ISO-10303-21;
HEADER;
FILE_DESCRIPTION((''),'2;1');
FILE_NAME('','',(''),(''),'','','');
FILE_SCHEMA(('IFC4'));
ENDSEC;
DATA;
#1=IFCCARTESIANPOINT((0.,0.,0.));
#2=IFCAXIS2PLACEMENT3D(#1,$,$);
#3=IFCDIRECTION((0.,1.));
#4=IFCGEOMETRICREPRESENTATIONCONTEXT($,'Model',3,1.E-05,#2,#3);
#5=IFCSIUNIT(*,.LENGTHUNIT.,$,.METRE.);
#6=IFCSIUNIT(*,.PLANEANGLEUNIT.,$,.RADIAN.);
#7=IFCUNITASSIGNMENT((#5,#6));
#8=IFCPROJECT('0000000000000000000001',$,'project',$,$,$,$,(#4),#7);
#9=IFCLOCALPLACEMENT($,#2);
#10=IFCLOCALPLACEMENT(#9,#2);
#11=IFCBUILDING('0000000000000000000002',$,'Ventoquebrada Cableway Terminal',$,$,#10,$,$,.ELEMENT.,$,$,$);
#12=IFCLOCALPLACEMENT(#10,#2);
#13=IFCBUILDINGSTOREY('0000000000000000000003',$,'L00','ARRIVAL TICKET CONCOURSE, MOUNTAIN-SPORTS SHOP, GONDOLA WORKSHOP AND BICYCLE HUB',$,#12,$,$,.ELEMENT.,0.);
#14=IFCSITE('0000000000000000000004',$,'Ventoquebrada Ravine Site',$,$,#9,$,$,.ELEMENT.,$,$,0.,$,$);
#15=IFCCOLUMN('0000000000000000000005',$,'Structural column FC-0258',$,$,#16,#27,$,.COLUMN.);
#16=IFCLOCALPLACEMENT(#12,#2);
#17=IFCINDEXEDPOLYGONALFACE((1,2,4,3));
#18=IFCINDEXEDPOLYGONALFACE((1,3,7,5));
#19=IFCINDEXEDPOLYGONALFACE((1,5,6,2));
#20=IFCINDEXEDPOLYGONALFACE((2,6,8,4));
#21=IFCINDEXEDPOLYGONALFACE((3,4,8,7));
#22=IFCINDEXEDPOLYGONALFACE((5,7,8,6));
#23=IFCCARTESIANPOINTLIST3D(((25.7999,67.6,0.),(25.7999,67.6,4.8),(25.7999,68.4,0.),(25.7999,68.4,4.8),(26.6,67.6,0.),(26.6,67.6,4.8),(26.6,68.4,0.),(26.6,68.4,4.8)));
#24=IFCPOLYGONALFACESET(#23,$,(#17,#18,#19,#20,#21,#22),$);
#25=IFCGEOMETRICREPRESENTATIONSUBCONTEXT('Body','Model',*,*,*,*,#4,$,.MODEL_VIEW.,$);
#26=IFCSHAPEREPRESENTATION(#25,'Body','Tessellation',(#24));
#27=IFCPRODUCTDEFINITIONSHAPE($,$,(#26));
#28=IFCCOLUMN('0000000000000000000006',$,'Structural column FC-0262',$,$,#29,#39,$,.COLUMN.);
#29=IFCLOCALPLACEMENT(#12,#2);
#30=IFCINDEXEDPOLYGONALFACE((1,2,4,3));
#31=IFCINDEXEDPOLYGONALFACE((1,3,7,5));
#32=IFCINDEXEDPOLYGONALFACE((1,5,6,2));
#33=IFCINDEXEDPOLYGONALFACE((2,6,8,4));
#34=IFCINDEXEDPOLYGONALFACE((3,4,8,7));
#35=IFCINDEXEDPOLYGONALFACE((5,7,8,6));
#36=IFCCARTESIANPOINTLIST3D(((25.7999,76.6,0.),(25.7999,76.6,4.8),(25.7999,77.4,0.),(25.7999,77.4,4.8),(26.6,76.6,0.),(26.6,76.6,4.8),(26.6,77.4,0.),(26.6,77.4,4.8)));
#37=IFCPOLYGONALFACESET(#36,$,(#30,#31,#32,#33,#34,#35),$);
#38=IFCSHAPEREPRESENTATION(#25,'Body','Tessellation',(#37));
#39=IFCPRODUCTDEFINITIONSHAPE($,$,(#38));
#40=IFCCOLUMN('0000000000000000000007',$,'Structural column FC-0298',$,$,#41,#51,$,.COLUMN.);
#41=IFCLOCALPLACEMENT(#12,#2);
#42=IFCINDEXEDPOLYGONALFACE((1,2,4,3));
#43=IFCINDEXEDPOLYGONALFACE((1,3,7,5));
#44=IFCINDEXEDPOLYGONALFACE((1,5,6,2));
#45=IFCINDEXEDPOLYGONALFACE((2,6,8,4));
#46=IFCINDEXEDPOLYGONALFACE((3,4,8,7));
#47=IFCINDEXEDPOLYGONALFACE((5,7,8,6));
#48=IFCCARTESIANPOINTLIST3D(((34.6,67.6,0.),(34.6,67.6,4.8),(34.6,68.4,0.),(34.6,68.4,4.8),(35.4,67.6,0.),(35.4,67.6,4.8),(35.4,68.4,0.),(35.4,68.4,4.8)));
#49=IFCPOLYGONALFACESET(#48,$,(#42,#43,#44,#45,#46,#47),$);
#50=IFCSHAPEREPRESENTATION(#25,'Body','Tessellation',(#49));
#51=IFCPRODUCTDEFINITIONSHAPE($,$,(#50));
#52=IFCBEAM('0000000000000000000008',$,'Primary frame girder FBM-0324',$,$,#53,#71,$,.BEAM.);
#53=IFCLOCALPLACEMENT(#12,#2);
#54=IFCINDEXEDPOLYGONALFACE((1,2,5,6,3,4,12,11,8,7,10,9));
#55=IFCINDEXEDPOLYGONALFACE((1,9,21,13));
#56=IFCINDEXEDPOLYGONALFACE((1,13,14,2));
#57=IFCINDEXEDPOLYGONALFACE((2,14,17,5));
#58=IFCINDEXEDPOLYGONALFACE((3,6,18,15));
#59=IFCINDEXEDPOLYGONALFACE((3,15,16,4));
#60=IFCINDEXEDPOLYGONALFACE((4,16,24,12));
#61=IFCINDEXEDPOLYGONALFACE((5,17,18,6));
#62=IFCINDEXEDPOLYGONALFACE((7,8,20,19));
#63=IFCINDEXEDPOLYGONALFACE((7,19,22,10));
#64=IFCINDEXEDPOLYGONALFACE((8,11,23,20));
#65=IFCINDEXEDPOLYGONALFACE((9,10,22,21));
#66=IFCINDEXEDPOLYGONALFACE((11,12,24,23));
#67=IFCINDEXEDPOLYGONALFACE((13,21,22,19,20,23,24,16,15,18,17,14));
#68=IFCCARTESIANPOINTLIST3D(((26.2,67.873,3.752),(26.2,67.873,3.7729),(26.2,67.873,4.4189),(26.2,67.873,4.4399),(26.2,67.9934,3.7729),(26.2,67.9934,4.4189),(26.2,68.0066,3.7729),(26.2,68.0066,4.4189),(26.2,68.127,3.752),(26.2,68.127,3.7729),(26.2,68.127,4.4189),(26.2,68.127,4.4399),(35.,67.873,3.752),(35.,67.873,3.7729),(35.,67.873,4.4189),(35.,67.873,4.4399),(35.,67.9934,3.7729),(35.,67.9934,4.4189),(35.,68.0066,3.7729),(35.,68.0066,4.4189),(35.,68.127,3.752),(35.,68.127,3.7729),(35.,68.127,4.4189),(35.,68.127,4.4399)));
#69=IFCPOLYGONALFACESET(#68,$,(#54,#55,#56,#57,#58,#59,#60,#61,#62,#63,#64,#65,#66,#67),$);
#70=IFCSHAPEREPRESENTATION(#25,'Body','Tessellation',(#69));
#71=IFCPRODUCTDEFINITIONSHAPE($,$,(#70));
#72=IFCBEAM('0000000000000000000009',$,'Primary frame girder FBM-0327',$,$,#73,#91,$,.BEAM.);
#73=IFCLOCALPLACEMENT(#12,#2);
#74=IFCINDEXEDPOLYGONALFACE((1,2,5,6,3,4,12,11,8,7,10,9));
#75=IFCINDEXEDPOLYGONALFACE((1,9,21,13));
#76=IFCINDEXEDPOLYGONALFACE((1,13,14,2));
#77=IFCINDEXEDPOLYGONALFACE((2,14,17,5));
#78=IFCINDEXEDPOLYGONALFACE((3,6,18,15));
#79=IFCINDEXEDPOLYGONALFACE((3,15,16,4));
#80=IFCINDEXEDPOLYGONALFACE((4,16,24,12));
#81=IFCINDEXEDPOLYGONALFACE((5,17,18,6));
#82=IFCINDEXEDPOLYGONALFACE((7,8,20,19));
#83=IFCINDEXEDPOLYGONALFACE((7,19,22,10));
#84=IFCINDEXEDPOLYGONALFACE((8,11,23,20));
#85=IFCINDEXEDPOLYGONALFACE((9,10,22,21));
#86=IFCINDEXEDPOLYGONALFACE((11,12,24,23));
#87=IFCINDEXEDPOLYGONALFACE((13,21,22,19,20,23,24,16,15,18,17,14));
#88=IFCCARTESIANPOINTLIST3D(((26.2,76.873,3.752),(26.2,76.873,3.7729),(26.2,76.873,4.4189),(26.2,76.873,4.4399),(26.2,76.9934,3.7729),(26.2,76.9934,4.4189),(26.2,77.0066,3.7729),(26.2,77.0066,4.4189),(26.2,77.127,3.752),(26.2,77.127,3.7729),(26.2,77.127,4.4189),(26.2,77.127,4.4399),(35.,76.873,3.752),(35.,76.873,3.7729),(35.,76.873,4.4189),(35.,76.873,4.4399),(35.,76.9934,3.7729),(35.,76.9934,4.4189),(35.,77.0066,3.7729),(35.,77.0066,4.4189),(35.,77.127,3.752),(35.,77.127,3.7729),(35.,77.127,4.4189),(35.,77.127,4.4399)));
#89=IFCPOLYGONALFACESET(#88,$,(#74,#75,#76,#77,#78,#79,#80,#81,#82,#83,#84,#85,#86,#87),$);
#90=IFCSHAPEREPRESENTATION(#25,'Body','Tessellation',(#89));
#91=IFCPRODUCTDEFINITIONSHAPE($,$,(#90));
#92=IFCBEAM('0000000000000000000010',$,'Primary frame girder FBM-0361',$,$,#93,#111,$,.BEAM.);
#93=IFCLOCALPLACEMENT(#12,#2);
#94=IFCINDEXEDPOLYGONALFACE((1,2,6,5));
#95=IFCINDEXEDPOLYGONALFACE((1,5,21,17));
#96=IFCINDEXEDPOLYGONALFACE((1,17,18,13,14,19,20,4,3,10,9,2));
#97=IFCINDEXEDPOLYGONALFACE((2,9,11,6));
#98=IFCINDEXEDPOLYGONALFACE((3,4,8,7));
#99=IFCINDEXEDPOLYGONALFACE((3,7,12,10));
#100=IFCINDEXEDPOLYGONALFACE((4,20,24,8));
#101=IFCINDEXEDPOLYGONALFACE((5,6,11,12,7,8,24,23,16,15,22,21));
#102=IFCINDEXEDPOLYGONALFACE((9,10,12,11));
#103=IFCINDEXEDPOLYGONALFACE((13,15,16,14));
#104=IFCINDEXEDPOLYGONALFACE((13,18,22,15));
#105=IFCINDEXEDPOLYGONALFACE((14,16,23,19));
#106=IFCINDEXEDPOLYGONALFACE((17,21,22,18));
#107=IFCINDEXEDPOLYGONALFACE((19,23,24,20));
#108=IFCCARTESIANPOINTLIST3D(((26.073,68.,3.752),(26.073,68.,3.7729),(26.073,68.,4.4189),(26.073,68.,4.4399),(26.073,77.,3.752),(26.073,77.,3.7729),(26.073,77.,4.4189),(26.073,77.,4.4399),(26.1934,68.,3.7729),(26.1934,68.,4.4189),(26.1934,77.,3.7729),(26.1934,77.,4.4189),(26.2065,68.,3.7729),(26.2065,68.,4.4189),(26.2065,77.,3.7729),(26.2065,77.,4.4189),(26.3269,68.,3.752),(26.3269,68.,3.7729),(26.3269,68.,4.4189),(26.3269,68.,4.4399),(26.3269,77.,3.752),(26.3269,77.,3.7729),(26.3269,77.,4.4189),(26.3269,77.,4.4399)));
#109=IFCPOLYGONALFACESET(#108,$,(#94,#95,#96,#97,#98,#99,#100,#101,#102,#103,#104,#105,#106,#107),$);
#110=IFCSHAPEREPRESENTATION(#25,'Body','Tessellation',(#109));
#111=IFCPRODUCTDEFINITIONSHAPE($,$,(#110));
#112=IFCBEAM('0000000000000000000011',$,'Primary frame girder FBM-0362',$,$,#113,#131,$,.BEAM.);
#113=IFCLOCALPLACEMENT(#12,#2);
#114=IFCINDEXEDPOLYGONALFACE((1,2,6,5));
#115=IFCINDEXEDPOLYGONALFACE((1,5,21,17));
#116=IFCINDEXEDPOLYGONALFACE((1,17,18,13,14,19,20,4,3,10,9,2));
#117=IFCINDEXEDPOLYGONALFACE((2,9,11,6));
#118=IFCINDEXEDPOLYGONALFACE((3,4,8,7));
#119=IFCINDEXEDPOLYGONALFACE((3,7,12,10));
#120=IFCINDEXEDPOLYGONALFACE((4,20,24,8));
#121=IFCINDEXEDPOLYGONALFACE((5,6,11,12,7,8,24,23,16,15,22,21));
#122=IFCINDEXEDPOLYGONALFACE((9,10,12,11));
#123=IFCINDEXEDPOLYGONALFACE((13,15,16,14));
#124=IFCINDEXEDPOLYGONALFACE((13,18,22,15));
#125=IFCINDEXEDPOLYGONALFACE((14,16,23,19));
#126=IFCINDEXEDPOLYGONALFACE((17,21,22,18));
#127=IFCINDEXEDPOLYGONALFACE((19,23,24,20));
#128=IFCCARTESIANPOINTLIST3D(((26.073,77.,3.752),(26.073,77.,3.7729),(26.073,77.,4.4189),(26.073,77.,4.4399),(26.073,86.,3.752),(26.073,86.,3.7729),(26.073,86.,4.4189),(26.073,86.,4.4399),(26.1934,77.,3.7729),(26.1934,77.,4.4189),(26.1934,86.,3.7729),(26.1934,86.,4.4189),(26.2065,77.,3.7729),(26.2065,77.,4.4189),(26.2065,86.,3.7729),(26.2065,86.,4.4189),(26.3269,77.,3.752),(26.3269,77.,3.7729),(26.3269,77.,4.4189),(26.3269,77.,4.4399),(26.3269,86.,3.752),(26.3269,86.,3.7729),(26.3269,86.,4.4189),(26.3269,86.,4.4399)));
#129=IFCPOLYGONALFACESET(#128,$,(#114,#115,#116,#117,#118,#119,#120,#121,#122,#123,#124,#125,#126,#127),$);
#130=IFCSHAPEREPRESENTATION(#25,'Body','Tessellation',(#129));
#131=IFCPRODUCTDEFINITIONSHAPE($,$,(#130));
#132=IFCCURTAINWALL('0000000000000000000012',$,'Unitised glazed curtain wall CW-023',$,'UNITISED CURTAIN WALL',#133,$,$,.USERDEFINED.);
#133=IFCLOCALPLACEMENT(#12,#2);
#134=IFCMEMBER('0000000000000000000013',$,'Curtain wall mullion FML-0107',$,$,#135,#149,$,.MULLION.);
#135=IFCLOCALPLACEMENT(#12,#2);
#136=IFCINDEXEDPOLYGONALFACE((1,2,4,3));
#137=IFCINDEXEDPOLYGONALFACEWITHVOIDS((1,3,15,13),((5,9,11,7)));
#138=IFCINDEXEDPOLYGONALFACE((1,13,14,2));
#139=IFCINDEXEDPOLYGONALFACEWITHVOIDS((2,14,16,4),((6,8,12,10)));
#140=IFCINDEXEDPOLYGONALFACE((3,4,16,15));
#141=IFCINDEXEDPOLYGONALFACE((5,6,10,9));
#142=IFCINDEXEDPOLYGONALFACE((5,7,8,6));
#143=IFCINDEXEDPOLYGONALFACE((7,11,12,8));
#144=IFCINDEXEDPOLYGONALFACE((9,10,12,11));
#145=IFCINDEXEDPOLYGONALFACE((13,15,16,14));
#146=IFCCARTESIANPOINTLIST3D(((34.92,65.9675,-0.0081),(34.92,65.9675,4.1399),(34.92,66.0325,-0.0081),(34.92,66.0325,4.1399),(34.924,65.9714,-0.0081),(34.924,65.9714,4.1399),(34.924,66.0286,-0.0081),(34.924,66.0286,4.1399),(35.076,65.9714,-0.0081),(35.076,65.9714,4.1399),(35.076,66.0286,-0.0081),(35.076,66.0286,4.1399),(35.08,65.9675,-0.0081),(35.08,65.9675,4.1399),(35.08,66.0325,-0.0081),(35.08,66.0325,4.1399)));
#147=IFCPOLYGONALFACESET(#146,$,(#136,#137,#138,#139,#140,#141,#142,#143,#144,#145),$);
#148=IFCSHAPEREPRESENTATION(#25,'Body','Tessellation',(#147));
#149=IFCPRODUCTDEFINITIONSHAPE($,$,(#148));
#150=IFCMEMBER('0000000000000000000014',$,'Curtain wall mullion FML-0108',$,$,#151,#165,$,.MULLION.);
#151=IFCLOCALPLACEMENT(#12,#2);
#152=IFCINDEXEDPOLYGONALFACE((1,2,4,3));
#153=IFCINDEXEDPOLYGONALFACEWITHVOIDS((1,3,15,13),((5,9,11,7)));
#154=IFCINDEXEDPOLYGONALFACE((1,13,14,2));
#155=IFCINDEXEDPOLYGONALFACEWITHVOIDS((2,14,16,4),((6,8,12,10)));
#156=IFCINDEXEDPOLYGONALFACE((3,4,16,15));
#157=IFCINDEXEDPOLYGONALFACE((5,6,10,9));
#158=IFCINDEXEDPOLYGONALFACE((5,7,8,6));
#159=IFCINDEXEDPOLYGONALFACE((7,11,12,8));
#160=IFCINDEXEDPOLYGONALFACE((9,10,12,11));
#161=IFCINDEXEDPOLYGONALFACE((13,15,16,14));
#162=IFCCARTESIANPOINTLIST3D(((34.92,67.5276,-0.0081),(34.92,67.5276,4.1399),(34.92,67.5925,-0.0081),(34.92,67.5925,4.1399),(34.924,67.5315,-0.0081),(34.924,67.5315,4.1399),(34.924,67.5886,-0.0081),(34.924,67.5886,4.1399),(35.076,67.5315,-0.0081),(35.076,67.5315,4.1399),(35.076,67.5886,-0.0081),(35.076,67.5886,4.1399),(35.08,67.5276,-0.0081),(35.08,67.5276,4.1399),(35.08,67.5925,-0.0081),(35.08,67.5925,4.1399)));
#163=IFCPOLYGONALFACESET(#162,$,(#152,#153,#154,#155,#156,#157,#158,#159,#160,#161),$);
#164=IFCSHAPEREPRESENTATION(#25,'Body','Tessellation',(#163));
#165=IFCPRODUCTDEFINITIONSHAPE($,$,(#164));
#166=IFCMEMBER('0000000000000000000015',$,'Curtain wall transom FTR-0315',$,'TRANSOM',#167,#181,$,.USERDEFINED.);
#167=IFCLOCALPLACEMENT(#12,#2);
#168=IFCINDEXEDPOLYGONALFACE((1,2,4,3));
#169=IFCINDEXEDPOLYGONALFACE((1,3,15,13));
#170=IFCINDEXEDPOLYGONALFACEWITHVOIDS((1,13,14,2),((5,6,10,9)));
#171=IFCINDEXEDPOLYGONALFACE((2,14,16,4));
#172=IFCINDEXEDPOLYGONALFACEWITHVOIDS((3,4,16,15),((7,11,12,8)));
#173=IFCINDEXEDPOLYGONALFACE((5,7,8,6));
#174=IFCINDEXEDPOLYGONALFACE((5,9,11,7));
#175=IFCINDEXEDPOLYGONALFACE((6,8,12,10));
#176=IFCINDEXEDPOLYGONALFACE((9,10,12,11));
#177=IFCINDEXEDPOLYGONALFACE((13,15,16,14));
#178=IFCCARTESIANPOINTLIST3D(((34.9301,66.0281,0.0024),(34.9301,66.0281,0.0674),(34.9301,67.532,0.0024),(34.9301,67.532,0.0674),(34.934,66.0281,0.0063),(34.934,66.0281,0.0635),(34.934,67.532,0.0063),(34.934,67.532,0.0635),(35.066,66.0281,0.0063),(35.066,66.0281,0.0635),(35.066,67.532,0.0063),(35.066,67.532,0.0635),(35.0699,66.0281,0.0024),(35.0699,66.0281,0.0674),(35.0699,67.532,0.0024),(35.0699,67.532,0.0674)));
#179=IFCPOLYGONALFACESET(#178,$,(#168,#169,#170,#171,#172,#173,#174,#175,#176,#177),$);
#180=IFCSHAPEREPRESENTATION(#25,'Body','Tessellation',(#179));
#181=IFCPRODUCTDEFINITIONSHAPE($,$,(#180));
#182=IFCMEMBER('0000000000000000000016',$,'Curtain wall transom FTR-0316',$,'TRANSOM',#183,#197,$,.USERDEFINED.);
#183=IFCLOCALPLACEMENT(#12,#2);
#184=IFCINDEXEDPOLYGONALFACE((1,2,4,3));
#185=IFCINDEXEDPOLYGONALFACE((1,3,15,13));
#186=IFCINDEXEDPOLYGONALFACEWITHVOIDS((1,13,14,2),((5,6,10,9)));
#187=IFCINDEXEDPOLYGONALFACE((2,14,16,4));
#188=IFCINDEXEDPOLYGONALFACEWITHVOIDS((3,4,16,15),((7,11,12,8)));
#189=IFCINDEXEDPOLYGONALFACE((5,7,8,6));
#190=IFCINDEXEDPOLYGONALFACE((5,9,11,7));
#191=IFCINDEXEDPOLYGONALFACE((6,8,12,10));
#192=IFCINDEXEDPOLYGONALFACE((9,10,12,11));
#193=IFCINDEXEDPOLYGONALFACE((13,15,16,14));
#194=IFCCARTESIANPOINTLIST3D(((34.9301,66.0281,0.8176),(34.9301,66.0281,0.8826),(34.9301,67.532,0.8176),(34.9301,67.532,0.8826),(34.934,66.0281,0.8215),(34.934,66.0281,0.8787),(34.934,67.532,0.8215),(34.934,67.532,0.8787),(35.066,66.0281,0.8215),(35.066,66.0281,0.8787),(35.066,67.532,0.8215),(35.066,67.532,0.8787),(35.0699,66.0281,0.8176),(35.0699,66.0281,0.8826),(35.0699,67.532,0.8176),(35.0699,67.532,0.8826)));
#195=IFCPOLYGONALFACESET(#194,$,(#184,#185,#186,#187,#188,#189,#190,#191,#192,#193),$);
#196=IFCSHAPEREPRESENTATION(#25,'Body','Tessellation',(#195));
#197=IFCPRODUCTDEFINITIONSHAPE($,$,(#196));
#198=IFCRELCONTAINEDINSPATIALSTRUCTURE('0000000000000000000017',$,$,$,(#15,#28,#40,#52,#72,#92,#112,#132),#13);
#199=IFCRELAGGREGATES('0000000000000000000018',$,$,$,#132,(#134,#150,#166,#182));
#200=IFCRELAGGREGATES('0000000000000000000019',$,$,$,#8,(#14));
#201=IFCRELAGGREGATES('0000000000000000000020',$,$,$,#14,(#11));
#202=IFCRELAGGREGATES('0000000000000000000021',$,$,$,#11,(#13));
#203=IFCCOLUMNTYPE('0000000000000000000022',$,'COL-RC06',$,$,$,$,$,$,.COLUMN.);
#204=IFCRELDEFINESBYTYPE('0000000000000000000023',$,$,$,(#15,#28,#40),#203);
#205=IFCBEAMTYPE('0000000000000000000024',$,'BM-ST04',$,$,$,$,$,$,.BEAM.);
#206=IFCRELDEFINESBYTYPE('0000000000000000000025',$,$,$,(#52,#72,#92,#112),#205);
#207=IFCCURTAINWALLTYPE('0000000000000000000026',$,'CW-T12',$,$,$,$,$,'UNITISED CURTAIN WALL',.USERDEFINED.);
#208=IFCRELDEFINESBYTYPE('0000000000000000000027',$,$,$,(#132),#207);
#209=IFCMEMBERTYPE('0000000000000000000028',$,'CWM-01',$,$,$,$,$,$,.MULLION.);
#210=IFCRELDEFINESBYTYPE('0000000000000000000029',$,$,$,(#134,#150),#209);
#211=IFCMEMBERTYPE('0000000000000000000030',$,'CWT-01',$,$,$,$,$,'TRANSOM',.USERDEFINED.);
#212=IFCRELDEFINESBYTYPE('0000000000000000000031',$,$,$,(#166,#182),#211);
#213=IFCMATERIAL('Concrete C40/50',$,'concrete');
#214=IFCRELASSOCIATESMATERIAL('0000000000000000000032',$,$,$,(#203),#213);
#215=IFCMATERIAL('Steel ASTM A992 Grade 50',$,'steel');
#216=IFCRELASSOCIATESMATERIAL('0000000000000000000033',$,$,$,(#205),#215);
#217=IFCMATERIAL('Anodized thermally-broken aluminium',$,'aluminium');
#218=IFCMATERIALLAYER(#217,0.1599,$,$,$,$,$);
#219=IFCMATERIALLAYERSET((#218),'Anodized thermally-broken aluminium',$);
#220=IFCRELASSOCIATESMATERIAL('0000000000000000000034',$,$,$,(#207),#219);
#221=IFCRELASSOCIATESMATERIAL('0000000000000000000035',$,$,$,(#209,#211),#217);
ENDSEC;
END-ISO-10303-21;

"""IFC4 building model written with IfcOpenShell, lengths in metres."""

from ifc_helpers import new_model, si_unit, direction, frame, origin, origin_2d, place, context, subcontext, project, spatial, rectangle, hollow_rectangle, i_section, extrude, material, layer, layer_set, material_profile, profile_set, type_object, element, aggregate, save


model = new_model("IFC4")

# Units and contexts
model_context = context("Model", 3, precision=1e-05, world=origin(), true_north=direction((0.0, 1.0)))
body_context = subcontext(model_context, "Body", "Model", "MODEL_VIEW")
ifc_project = project(units=[si_unit("LENGTHUNIT", "METRE"), si_unit("PLANEANGLEUNIT", "RADIAN")], contexts=[model_context])

# Site, building, storey
site_placement = place(None, origin())
site = spatial("IfcSite", under=ifc_project, at=site_placement, Name="Ventoquebrada Ravine Site", CompositionType="ELEMENT", RefElevation=0.0)
building_placement = place(site_placement, origin())
building = spatial("IfcBuilding", under=site, at=building_placement, Name="Ventoquebrada Cableway Terminal", CompositionType="ELEMENT")
storey_placement = place(building_placement, origin())
storey = spatial("IfcBuildingStorey", under=building, at=storey_placement, Name="L00", Description="ARRIVAL TICKET CONCOURSE, MOUNTAIN-SPORTS SHOP, GONDOLA WORKSHOP AND BICYCLE HUB", CompositionType="ELEMENT", Elevation=0.0)

# Columns
ifc_material_1 = material(Name="Concrete C40/50", Category="concrete")
ifc_material_profile_1 = material_profile(ifc_material_1, rectangle(XDim=0.8, YDim=0.8, at=origin_2d()), Name="RC-COL-800X800")
ifc_profile_set_1 = profile_set([ifc_material_profile_1], Name="Concrete C40/50")
column_type = type_object("IfcColumnType", Name="COL-RC06", PredefinedType="COLUMN", material=ifc_profile_set_1)
for number, where, z_axis, x_axis, name in (
    (1, (26.2, 68.0, 0.0), (0.0, 0.0, 1.0), (1.0, 0.0, 0.0), "Structural column FC-0258"),
    (2, (26.2, 77.0, 0.0), (0.0, 0.0, 1.0), (1.0, 0.0, 0.0), "Structural column FC-0262"),
    (3, (35.0, 68.0, 0.0), (0.0, 0.0, 1.0), (1.0, 0.0, 0.0), "Structural column FC-0298"),
):
    element("IfcColumn", number, at=place(storey_placement, frame(where, z_axis=z_axis, x_axis=x_axis)), inside=storey, type_object=column_type, Name=name, PredefinedType="COLUMN", context=body_context, shape_type="SweptSolid", body=[
        extrude(rectangle(XDim=0.8, YDim=0.8, at=origin_2d()), origin(), (0.0, 0.0, 1.0), 4.8),
    ])

# Beams
ifc_material_2 = material(Name="Steel ASTM A992 Grade 50", Category="steel")
ifc_material_profile_2 = material_profile(ifc_material_2, i_section(OverallWidth=0.2539, OverallDepth=0.688, WebThickness=0.0132, FlangeThickness=0.021, at=origin_2d()), Name="W27X102")
ifc_profile_set_2 = profile_set([ifc_material_profile_2], Name="Steel ASTM A992 Grade 50")
beam_type = type_object("IfcBeamType", Name="BM-ST04", PredefinedType="BEAM", material=ifc_profile_set_2)
for number, where, z_axis, x_axis, name in (
    (4, (26.2, 68.0, 4.0959), (1.0, 0.0, 0.0), (0.0, 1.0, 0.0), "Primary frame girder FBM-0324"),
    (5, (26.2, 77.0, 4.0959), (1.0, 0.0, 0.0), (0.0, 1.0, 0.0), "Primary frame girder FBM-0327"),
):
    element("IfcBeam", number, at=place(storey_placement, frame(where, z_axis=z_axis, x_axis=x_axis)), inside=storey, type_object=beam_type, Name=name, PredefinedType="BEAM", context=body_context, shape_type="SweptSolid", body=[
        extrude(i_section(OverallWidth=0.2539, OverallDepth=0.688, WebThickness=0.0132, FlangeThickness=0.021, at=origin_2d()), origin(), (0.0, 0.0, 1.0), 8.8),
    ])
for number, where, z_axis, x_axis, name in (
    (6, (26.2, 68.0, 4.0959), (0.0, 1.0, 0.0), (-1.0, 0.0, 0.0), "Primary frame girder FBM-0361"),
    (7, (26.2, 77.0, 4.0959), (0.0, 1.0, 0.0), (-1.0, 0.0, 0.0), "Primary frame girder FBM-0362"),
):
    element("IfcBeam", number, at=place(storey_placement, frame(where, z_axis=z_axis, x_axis=x_axis)), inside=storey, type_object=beam_type, Name=name, PredefinedType="BEAM", context=body_context, shape_type="SweptSolid", body=[
        extrude(i_section(OverallWidth=0.2539, OverallDepth=0.688, WebThickness=0.0132, FlangeThickness=0.021, at=origin_2d()), origin(), (0.0, 0.0, 1.0), 9.0),
    ])

# Curtain wall, members
ifc_material_3 = material(Name="Anodized thermally-broken aluminium", Category="aluminium")
ifc_layer_1 = layer(ifc_material_3, 0.1599)
ifc_layer_set_1 = layer_set([ifc_layer_1], Name="Anodized thermally-broken aluminium")
curtain_wall_type = type_object("IfcCurtainWallType", Name="CW-T12", ElementType="UNITISED CURTAIN WALL", PredefinedType="USERDEFINED", material=ifc_layer_set_1)
curtain_wall_placement = place(storey_placement, origin())
curtain_wall = element("IfcCurtainWall", 8, at=curtain_wall_placement, inside=storey, type_object=curtain_wall_type, Name="Unitised glazed curtain wall CW-023", ObjectType="UNITISED CURTAIN WALL", PredefinedType="USERDEFINED")
ifc_material_profile_3 = material_profile(ifc_material_3, hollow_rectangle(XDim=0.0649, YDim=0.1599, WallThickness=0.0039, at=origin_2d()), Name="CW-MUL-65X160")
ifc_profile_set_3 = profile_set([ifc_material_profile_3], Name="Anodized thermally-broken aluminium")
member_type_1 = type_object("IfcMemberType", Name="CWM-01", PredefinedType="MULLION", material=ifc_profile_set_3)
member_1_placement = place(storey_placement, frame((35.0, 66.0, -0.0081), z_axis=(0.0, 0.0, 1.0), x_axis=(0.0, 1.0, 0.0)))
member_1 = element("IfcMember", 9, at=member_1_placement, type_object=member_type_1, Name="Curtain wall mullion FML-0107", PredefinedType="MULLION", context=body_context, shape_type="SweptSolid", body=[
    extrude(hollow_rectangle(XDim=0.0649, YDim=0.1599, WallThickness=0.0039, at=origin_2d()), origin(), (0.0, 0.0, 1.0), 4.1479),
])
member_2_placement = place(storey_placement, frame((35.0, 67.5601, -0.0081), z_axis=(0.0, 0.0, 1.0), x_axis=(0.0, 1.0, 0.0)))
member_2 = element("IfcMember", 10, at=member_2_placement, type_object=member_type_1, Name="Curtain wall mullion FML-0108", PredefinedType="MULLION", context=body_context, shape_type="SweptSolid", body=[
    extrude(hollow_rectangle(XDim=0.0649, YDim=0.1599, WallThickness=0.0039, at=origin_2d()), origin(), (0.0, 0.0, 1.0), 4.1479),
])
ifc_material_profile_4 = material_profile(ifc_material_3, hollow_rectangle(XDim=0.0649, YDim=0.1399, WallThickness=0.0039, at=origin_2d()), Name="CW-TRN-65X140")
ifc_profile_set_4 = profile_set([ifc_material_profile_4], Name="Anodized thermally-broken aluminium")
member_type_2 = type_object("IfcMemberType", Name="CWT-01", ElementType="TRANSOM", PredefinedType="USERDEFINED", material=ifc_profile_set_4)
member_3_placement = place(storey_placement, frame((35.0, 66.0281, 0.0349), z_axis=(0.0, 1.0, 0.0), x_axis=(0.0, 0.0, 1.0)))
member_3 = element("IfcMember", 11, at=member_3_placement, type_object=member_type_2, Name="Curtain wall transom FTR-0315", ObjectType="TRANSOM", PredefinedType="USERDEFINED", context=body_context, shape_type="SweptSolid", body=[
    extrude(hollow_rectangle(XDim=0.0649, YDim=0.1399, WallThickness=0.0039, at=origin_2d()), origin(), (0.0, 0.0, 1.0), 1.5039),
])
member_4_placement = place(storey_placement, frame((35.0, 66.0281, 0.8501), z_axis=(0.0, 1.0, 0.0), x_axis=(0.0, 0.0, 1.0)))
member_4 = element("IfcMember", 12, at=member_4_placement, type_object=member_type_2, Name="Curtain wall transom FTR-0316", ObjectType="TRANSOM", PredefinedType="USERDEFINED", context=body_context, shape_type="SweptSolid", body=[
    extrude(hollow_rectangle(XDim=0.0649, YDim=0.1399, WallThickness=0.0039, at=origin_2d()), origin(), (0.0, 0.0, 1.0), 1.5039),
])
aggregate(curtain_wall, [member_1, member_2, member_3, member_4])

save(model, "model.ifc")
